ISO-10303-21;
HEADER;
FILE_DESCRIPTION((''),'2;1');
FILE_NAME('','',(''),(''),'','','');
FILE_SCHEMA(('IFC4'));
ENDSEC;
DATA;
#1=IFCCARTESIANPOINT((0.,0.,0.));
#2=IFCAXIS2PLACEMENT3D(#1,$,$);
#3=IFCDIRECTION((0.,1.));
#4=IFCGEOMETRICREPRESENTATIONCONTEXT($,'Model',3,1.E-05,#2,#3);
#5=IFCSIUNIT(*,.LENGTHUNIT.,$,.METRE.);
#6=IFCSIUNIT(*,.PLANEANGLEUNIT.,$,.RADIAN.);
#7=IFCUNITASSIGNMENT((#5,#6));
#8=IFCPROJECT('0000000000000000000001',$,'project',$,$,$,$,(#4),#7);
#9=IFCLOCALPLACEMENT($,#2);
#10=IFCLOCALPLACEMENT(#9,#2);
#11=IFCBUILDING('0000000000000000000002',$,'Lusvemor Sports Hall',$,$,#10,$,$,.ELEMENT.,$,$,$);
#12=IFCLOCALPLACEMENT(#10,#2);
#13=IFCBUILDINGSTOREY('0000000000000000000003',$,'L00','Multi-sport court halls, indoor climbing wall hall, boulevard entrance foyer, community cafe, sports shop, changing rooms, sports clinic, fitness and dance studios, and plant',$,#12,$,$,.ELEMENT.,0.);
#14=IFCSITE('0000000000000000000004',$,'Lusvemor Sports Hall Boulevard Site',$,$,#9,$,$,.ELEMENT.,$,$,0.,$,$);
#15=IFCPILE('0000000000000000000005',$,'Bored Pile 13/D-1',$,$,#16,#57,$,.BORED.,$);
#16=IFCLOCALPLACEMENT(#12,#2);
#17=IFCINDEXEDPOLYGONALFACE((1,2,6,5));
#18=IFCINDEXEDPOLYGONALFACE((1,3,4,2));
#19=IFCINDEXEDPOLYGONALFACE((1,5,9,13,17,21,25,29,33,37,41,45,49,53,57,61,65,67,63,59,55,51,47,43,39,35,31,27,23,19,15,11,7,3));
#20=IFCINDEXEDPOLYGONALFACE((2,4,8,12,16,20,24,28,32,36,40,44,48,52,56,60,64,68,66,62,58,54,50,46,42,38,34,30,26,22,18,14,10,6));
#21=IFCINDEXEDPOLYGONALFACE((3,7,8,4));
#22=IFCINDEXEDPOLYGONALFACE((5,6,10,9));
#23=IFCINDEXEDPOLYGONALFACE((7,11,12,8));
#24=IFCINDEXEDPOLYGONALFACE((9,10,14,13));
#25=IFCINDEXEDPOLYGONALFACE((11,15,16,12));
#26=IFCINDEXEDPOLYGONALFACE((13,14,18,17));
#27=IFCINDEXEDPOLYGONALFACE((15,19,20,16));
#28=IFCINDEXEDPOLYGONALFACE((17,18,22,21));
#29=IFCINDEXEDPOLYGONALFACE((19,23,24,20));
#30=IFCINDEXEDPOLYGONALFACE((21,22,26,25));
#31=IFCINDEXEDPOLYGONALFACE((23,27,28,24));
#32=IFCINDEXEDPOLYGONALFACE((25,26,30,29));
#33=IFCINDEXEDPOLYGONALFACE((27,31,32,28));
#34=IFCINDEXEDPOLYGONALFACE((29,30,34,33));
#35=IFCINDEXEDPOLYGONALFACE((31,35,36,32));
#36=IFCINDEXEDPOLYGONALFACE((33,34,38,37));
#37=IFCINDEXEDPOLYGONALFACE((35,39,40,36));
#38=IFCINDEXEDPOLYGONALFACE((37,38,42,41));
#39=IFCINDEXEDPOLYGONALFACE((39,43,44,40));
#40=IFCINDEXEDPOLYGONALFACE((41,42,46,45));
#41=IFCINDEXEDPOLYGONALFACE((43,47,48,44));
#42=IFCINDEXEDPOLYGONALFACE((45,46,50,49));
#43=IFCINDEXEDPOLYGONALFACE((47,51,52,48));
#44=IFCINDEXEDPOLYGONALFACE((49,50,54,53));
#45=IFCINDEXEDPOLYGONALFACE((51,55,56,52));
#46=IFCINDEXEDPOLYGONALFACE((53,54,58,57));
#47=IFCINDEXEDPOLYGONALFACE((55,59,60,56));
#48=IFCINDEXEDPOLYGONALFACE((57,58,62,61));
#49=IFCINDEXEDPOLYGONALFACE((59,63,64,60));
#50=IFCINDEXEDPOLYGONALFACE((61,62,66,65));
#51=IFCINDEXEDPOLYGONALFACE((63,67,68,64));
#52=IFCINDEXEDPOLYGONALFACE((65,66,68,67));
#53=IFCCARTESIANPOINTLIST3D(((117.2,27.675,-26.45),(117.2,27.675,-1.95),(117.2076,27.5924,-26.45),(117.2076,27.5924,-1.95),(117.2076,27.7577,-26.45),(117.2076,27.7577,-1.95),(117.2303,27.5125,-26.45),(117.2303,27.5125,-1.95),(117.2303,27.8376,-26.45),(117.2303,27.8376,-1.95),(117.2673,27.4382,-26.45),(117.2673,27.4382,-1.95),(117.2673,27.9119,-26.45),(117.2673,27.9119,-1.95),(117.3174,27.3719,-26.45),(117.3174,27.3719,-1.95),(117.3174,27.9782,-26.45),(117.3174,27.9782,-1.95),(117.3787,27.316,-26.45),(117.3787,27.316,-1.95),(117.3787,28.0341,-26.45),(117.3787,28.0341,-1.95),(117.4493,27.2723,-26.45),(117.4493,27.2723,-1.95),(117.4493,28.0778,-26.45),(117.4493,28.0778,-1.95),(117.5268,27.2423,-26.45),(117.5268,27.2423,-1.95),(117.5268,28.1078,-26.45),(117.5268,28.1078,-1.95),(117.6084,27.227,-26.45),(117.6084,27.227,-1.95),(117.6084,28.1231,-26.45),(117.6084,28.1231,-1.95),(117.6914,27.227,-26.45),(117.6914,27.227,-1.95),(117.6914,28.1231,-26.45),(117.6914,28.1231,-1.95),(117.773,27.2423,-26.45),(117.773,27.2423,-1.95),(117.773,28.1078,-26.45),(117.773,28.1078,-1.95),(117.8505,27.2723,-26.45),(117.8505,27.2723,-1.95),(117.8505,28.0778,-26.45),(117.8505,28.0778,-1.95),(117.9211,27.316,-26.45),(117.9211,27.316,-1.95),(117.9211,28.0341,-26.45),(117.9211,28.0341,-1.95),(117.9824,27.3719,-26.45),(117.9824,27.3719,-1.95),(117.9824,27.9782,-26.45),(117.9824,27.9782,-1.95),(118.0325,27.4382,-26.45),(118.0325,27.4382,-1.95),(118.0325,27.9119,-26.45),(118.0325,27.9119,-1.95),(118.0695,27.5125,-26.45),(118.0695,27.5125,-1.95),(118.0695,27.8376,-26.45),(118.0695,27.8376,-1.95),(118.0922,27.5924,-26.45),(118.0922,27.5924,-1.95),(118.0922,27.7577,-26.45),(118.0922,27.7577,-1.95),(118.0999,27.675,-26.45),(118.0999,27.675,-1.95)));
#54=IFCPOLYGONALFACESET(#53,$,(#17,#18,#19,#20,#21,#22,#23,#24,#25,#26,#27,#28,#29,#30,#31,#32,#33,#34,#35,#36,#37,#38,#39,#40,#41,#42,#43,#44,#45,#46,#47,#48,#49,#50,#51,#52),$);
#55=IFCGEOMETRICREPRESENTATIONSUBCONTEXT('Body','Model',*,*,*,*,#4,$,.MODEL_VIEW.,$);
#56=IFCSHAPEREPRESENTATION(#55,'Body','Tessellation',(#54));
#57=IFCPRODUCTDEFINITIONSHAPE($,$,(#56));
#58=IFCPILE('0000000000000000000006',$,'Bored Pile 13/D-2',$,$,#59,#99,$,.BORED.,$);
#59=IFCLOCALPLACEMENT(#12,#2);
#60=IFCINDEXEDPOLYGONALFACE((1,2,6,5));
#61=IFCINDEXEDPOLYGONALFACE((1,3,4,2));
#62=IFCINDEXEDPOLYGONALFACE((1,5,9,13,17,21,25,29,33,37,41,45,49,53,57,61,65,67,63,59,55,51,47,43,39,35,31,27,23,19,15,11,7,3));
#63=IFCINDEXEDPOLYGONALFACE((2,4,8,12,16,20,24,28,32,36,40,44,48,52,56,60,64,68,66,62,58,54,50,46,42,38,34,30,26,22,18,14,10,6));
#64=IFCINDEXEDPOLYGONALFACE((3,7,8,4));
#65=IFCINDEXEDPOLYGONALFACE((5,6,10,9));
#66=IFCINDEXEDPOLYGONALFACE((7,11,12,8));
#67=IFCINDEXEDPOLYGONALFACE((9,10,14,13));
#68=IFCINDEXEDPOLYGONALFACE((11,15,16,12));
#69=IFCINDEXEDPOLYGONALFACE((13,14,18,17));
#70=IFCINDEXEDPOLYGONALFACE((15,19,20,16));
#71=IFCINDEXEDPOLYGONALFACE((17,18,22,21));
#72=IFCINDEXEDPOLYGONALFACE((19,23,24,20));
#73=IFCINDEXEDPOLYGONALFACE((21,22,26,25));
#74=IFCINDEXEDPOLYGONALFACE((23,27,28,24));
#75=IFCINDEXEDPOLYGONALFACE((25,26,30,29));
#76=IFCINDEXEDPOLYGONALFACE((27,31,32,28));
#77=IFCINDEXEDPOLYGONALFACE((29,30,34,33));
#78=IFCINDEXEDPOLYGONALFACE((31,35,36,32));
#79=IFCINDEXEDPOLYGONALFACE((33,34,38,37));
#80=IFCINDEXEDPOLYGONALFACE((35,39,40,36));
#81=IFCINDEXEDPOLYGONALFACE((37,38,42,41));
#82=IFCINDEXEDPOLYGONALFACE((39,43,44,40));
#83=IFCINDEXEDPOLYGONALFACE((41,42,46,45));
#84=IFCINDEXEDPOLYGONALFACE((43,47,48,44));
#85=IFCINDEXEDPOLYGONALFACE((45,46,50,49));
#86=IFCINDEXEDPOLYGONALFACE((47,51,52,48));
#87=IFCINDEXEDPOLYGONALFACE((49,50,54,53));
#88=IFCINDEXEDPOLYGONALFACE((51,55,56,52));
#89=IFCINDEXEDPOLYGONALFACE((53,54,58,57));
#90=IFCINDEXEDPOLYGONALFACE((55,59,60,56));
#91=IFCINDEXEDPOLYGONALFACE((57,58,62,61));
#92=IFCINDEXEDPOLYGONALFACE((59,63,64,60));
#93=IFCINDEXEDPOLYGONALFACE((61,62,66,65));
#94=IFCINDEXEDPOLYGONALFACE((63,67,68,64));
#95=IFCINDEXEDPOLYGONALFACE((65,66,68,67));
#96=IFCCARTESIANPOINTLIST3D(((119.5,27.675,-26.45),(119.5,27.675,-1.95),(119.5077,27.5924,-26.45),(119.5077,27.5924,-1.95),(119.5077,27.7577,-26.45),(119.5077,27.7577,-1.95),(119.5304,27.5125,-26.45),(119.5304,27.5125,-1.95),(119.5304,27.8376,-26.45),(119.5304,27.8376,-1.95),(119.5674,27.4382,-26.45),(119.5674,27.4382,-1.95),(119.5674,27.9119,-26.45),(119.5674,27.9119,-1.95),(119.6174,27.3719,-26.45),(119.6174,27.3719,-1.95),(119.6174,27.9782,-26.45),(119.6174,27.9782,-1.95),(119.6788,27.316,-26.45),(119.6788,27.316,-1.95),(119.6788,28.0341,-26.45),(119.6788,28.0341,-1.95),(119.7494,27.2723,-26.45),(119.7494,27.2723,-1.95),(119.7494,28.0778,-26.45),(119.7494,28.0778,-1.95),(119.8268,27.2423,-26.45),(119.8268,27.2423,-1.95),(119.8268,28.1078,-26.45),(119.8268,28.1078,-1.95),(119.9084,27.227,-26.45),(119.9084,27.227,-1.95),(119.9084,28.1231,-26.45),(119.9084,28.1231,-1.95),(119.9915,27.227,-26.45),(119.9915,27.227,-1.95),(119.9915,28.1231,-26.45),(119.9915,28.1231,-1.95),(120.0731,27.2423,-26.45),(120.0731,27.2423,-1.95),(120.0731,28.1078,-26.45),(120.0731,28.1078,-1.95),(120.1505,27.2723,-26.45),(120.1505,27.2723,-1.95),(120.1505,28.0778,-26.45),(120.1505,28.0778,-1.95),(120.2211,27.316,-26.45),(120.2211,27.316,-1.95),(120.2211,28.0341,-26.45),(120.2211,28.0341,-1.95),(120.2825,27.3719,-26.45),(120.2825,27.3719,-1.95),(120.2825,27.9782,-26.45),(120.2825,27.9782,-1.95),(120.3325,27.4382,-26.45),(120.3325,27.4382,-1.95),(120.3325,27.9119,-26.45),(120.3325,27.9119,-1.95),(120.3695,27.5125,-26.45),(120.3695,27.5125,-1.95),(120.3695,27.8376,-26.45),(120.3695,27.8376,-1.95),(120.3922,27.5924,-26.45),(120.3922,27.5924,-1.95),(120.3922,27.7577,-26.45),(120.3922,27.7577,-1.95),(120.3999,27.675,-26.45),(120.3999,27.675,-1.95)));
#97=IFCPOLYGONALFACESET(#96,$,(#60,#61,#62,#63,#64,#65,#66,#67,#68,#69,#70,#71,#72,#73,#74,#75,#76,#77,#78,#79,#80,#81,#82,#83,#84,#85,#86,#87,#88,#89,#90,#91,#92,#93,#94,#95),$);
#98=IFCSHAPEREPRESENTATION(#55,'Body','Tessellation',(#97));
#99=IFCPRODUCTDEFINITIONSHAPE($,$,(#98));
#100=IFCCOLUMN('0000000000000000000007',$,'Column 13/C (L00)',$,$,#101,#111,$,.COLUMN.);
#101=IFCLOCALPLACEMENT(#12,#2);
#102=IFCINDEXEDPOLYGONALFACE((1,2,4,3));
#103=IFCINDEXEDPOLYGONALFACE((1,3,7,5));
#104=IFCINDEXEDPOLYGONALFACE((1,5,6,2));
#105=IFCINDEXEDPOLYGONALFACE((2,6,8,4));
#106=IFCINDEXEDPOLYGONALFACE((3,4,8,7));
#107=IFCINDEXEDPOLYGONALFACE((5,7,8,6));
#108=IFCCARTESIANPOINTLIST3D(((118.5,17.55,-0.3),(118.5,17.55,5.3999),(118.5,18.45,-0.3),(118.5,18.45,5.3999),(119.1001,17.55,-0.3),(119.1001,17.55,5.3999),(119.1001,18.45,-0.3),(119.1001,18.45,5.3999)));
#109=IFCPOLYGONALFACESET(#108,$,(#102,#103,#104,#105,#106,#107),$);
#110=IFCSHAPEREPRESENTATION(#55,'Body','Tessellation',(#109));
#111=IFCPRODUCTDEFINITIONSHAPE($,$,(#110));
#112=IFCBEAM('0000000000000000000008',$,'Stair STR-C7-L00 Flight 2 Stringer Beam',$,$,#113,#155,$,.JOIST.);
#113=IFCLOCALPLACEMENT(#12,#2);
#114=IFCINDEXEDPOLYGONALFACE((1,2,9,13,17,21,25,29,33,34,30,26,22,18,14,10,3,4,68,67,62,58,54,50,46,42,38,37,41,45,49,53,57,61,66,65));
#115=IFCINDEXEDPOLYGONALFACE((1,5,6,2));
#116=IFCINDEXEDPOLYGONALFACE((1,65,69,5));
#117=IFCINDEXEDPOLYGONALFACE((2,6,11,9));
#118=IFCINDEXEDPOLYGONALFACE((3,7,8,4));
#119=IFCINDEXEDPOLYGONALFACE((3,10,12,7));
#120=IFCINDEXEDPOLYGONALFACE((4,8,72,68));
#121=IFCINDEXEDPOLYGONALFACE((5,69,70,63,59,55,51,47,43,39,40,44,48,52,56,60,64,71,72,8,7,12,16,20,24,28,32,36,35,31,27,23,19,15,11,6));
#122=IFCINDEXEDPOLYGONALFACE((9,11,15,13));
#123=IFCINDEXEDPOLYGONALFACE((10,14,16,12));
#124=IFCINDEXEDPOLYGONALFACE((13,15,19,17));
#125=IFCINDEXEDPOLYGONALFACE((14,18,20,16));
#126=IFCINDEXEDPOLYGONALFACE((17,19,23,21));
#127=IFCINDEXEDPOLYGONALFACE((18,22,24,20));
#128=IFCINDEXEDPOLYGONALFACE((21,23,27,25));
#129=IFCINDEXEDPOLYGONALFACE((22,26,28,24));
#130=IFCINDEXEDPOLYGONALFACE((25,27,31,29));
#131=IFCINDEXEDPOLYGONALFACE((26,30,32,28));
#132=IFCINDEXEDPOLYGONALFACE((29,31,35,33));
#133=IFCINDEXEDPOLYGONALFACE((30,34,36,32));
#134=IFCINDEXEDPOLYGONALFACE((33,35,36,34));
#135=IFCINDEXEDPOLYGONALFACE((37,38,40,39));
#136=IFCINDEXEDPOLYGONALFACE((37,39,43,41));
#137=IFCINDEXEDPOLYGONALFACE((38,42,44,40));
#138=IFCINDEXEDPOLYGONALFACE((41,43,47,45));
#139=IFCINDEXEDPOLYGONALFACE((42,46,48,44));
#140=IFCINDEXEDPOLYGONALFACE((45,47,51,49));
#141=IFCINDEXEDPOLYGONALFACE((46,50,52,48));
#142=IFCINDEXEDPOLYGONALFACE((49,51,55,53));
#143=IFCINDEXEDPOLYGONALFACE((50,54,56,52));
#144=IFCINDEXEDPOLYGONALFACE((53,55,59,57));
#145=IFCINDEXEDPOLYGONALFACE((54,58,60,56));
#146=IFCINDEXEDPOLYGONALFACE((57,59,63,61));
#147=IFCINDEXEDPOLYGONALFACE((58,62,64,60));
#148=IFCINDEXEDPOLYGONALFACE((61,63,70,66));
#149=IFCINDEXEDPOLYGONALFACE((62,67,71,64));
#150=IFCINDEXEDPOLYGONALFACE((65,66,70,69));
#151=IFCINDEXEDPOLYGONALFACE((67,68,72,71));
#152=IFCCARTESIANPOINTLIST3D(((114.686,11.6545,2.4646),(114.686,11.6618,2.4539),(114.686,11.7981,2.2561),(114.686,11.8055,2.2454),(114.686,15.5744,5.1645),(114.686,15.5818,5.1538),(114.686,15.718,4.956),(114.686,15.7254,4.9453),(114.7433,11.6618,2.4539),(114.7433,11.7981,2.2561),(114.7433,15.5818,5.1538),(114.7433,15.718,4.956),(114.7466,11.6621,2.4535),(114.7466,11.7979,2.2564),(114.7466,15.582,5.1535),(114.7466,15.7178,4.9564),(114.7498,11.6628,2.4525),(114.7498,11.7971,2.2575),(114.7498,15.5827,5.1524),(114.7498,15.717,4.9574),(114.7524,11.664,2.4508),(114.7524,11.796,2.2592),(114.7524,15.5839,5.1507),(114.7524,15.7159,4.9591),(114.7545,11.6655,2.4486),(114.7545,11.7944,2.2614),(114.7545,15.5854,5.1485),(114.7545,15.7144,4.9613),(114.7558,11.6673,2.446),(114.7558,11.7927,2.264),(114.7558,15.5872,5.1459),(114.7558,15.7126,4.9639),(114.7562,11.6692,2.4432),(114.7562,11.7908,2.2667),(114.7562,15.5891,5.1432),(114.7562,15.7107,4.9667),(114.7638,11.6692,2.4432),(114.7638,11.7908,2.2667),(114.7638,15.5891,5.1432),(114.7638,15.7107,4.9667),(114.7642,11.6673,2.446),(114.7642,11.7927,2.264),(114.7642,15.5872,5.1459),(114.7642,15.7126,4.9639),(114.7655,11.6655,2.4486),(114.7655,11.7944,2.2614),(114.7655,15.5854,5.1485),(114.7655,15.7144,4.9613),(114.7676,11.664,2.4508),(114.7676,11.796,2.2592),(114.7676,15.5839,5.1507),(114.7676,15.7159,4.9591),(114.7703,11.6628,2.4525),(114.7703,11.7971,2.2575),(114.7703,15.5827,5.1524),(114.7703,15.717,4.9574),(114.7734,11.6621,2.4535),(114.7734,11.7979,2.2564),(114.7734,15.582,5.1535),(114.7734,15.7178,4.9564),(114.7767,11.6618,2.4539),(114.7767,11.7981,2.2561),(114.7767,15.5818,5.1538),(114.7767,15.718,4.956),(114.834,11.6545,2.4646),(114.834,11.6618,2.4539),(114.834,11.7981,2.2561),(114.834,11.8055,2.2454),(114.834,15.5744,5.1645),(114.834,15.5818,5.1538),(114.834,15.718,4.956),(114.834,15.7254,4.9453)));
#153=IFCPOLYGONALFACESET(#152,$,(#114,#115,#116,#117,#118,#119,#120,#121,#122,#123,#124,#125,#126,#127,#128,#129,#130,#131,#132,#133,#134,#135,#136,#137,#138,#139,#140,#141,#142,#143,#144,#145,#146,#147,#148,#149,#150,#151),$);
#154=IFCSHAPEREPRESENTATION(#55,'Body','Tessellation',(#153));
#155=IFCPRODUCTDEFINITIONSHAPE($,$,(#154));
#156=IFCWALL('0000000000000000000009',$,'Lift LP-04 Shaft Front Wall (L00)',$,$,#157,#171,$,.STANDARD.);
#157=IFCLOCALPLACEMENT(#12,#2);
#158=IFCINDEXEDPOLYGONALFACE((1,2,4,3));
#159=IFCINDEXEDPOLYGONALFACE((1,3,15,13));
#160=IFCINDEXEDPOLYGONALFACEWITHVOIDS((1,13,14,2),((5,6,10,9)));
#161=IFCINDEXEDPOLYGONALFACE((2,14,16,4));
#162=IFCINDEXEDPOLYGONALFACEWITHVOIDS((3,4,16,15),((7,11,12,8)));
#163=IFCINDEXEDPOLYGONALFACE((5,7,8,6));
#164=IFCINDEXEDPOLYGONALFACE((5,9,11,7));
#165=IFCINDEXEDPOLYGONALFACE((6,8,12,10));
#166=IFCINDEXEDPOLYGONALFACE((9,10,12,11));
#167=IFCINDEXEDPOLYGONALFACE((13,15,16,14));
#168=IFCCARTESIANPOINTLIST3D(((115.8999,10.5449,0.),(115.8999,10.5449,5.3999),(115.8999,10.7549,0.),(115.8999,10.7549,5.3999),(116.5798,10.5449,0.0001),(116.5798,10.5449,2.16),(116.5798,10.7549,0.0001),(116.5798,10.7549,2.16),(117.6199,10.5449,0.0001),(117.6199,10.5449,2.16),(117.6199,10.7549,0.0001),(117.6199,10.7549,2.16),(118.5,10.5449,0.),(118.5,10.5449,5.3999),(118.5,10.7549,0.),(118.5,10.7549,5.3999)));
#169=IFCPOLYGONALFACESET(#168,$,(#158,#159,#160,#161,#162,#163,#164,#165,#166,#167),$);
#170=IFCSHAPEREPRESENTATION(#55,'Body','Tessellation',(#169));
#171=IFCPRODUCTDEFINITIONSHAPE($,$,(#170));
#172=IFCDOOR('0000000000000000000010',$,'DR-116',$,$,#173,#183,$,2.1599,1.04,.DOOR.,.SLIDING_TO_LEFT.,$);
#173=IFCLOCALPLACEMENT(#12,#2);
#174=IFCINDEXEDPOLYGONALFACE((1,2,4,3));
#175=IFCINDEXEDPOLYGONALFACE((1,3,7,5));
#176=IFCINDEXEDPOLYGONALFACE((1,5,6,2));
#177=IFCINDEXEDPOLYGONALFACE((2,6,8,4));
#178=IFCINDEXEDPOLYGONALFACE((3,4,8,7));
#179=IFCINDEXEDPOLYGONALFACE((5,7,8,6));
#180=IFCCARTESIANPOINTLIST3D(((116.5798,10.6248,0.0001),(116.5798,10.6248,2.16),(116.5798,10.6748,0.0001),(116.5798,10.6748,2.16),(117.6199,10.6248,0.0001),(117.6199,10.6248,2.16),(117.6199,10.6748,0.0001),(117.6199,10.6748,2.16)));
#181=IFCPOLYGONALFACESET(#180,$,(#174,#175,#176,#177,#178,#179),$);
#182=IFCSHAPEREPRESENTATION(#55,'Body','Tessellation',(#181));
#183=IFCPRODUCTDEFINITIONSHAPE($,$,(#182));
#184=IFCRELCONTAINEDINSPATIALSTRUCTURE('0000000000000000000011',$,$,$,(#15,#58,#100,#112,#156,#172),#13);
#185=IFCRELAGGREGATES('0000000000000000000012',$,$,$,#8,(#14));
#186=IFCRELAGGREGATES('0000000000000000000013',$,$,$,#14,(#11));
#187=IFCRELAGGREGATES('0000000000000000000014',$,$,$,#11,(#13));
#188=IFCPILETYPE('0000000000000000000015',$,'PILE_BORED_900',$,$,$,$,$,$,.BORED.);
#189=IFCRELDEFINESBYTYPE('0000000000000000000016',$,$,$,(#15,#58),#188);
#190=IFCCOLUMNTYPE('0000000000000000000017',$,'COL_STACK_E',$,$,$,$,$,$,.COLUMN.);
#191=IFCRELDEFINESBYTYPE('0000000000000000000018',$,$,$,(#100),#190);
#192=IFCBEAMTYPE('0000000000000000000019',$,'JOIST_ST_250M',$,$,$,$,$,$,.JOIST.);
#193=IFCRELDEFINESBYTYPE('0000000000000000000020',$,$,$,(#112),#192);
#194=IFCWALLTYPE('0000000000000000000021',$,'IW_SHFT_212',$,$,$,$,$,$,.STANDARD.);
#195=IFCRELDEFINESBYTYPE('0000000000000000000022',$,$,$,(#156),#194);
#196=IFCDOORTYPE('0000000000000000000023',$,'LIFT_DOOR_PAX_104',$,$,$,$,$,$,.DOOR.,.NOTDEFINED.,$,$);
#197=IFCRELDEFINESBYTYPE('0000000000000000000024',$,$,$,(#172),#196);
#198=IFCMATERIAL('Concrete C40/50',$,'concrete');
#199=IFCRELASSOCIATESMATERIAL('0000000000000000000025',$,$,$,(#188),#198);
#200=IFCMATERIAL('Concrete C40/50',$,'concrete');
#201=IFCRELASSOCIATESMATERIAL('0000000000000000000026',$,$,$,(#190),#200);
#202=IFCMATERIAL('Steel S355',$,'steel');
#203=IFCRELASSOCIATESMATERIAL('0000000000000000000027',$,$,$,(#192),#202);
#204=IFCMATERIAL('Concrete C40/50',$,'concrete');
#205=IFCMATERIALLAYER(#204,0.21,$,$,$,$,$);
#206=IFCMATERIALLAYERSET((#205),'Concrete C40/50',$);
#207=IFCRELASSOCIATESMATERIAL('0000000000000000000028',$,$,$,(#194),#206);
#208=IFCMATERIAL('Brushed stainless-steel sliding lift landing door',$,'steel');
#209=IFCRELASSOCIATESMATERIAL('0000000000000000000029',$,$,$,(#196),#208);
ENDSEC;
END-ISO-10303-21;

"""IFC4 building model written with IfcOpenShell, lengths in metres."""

from ifc_helpers import new_model, si_unit, direction, frame, frame_2d, origin, origin_2d, place, context, subcontext, project, spatial, rectangle, circle, i_section, extrude, material, layer, layer_set, material_profile, profile_set, type_object, element, fill, save


model = new_model("IFC4")

# Units and contexts
model_context = context("Model", 3, precision=1e-05, world=origin(), true_north=direction((0.0, 1.0)))
body_context = subcontext(model_context, "Body", "Model", "MODEL_VIEW")
ifc_project = project(units=[si_unit("LENGTHUNIT", "METRE"), si_unit("PLANEANGLEUNIT", "RADIAN")], contexts=[model_context])

# Site, building, storey
site_placement = place(None, origin())
site = spatial("IfcSite", under=ifc_project, at=site_placement, Name="Lusvemor Sports Hall Boulevard Site", CompositionType="ELEMENT", RefElevation=0.0)
building_placement = place(site_placement, origin())
building = spatial("IfcBuilding", under=site, at=building_placement, Name="Lusvemor Sports Hall", CompositionType="ELEMENT")
storey_placement = place(building_placement, origin())
storey = spatial("IfcBuildingStorey", under=building, at=storey_placement, Name="L00", Description="Multi-sport court halls, indoor climbing wall hall, boulevard entrance foyer, community cafe, sports shop, changing rooms, sports clinic, fitness and dance studios, and plant", CompositionType="ELEMENT", Elevation=0.0)

# Piles
ifc_material_1 = material(Name="Concrete C40/50", Category="concrete")
ifc_material_profile_1 = material_profile(ifc_material_1, circle(Radius=0.45, at=origin_2d()), Name="PILE900")
ifc_profile_set_1 = profile_set([ifc_material_profile_1], Name="Concrete C40/50")
pile_type = type_object("IfcPileType", Name="PILE_BORED_900", PredefinedType="BORED", material=ifc_profile_set_1)
for number, where, z_axis, x_axis, name in (
    (1, (117.6499, 27.675, -1.95), (0.0, 0.0, -1.0), (1.0, 0.0, 0.0), "Bored Pile 13/D-1"),
    (2, (119.95, 27.675, -1.95), (0.0, 0.0, -1.0), (1.0, 0.0, 0.0), "Bored Pile 13/D-2"),
):
    element("IfcPile", number, at=place(storey_placement, frame(where, z_axis=z_axis, x_axis=x_axis)), inside=storey, type_object=pile_type, Name=name, PredefinedType="BORED", context=body_context, shape_type="SweptSolid", body=[
        extrude(circle(Radius=0.45, at=origin_2d()), origin(), (0.0, 0.0, 1.0), 24.5),
    ])

# Column
ifc_material_2 = material(Name="Concrete C40/50", Category="concrete")
ifc_material_profile_2 = material_profile(ifc_material_2, rectangle(XDim=0.6001, YDim=0.8999, at=origin_2d()), Name="RC600x900")
ifc_profile_set_2 = profile_set([ifc_material_profile_2], Name="Concrete C40/50")
column_type = type_object("IfcColumnType", Name="COL_STACK_E", PredefinedType="COLUMN", material=ifc_profile_set_2)
column_placement = place(storey_placement, frame((118.8, 18.0, -0.3), z_axis=(0.0, 0.0, 1.0), x_axis=(1.0, 0.0, 0.0)))
element("IfcColumn", 3, at=column_placement, inside=storey, type_object=column_type, Name="Column 13/C (L00)", PredefinedType="COLUMN", context=body_context, shape_type="SweptSolid", body=[
    extrude(rectangle(XDim=0.6001, YDim=0.8999, at=origin_2d()), origin(), (0.0, 0.0, 1.0), 5.7),
])

# Beam
ifc_material_3 = material(Name="Steel S355", Category="steel")
ifc_material_profile_3 = material_profile(ifc_material_3, i_section(OverallWidth=0.1479, OverallDepth=0.2661, WebThickness=0.0076, FlangeThickness=0.0129, FilletRadius=0.0129, at=origin_2d()), Name="W250x44.8")
ifc_profile_set_3 = profile_set([ifc_material_profile_3], Name="Steel S355")
beam_type = type_object("IfcBeamType", Name="JOIST_ST_250M", PredefinedType="JOIST", material=ifc_profile_set_3)
beam_placement = place(storey_placement, frame((114.76, 11.73, 2.355), z_axis=(0.0, 0.823551, 0.567243), x_axis=(-1.0, 0.0, 0.0)))
element("IfcBeam", 4, at=beam_placement, inside=storey, type_object=beam_type, Name="Stair STR-C7-L00 Flight 2 Stringer Beam", PredefinedType="JOIST", context=body_context, shape_type="SweptSolid", body=[
    extrude(i_section(OverallWidth=0.1479, OverallDepth=0.2661, WebThickness=0.0076, FlangeThickness=0.0129, FilletRadius=0.0129, at=origin_2d()), origin(), (0.0, 0.0, 1.0), 4.7598),
])

# Wall, opening, door
ifc_material_4 = material(Name="Concrete C40/50", Category="concrete")
ifc_layer_1 = layer(ifc_material_4, 0.21)
ifc_layer_set_1 = layer_set([ifc_layer_1], Name="Concrete C40/50")
wall_type_1 = type_object("IfcWallType", Name="IW_SHFT_212", PredefinedType="STANDARD", material=ifc_layer_set_1)
wall_1_placement = place(storey_placement, frame((115.8999, 10.6499, 0.0), z_axis=(0.0, 0.0, 1.0), x_axis=(1.0, 0.0, 0.0)))
wall_1 = element("IfcWall", 5, at=wall_1_placement, inside=storey, type_object=wall_type_1, Name="Lift LP-04 Shaft Front Wall (L00)", PredefinedType="STANDARD", context=body_context, shape_type="SweptSolid", body=[
    extrude(rectangle(XDim=2.6001, YDim=0.21, at=frame_2d((1.3, 0.0))), origin(), (0.0, 0.0, 1.0), 5.3999),
])
opening_1_placement = place(wall_1_placement, frame((0.6799, 0.0, 0.0)))
opening_1 = element("IfcOpeningElement", 6, at=opening_1_placement, cuts=wall_1, PredefinedType="OPENING", context=body_context, shape_type="SweptSolid", body=[
    extrude(rectangle(XDim=1.04, YDim=2.1599, at=frame_2d((0.52, 1.0801))), frame((0.0, 0.105, 0.0), z_axis=(0.0, -1.0, 0.0), x_axis=(1.0, 0.0, 0.0)), (0.0, 0.0, 1.0), 0.21),
])
ifc_material_5 = material(Name="Brushed stainless-steel sliding lift landing door", Category="steel")
door_type_1 = type_object("IfcDoorType", Name="LIFT_DOOR_PAX_104", OperationType="NOTDEFINED", PredefinedType="DOOR", material=ifc_material_5)
door_1_placement = place(opening_1_placement, origin())
door_1 = element("IfcDoor", 7, at=door_1_placement, inside=storey, type_object=door_type_1, Name="DR-116", OperationType="SLIDING_TO_LEFT", OverallHeight=2.1599, OverallWidth=1.04, PredefinedType="DOOR", context=body_context, shape_type="SweptSolid", body=[
    extrude(rectangle(XDim=1.04, YDim=2.1599, at=frame_2d((0.52, 1.0801))), frame((0.0, 0.0249, 0.0), z_axis=(0.0, -1.0, 0.0), x_axis=(1.0, 0.0, 0.0)), (0.0, 0.0, 1.0), 0.05),
])
fill(opening_1, door_1)

save(model, "model.ifc")
